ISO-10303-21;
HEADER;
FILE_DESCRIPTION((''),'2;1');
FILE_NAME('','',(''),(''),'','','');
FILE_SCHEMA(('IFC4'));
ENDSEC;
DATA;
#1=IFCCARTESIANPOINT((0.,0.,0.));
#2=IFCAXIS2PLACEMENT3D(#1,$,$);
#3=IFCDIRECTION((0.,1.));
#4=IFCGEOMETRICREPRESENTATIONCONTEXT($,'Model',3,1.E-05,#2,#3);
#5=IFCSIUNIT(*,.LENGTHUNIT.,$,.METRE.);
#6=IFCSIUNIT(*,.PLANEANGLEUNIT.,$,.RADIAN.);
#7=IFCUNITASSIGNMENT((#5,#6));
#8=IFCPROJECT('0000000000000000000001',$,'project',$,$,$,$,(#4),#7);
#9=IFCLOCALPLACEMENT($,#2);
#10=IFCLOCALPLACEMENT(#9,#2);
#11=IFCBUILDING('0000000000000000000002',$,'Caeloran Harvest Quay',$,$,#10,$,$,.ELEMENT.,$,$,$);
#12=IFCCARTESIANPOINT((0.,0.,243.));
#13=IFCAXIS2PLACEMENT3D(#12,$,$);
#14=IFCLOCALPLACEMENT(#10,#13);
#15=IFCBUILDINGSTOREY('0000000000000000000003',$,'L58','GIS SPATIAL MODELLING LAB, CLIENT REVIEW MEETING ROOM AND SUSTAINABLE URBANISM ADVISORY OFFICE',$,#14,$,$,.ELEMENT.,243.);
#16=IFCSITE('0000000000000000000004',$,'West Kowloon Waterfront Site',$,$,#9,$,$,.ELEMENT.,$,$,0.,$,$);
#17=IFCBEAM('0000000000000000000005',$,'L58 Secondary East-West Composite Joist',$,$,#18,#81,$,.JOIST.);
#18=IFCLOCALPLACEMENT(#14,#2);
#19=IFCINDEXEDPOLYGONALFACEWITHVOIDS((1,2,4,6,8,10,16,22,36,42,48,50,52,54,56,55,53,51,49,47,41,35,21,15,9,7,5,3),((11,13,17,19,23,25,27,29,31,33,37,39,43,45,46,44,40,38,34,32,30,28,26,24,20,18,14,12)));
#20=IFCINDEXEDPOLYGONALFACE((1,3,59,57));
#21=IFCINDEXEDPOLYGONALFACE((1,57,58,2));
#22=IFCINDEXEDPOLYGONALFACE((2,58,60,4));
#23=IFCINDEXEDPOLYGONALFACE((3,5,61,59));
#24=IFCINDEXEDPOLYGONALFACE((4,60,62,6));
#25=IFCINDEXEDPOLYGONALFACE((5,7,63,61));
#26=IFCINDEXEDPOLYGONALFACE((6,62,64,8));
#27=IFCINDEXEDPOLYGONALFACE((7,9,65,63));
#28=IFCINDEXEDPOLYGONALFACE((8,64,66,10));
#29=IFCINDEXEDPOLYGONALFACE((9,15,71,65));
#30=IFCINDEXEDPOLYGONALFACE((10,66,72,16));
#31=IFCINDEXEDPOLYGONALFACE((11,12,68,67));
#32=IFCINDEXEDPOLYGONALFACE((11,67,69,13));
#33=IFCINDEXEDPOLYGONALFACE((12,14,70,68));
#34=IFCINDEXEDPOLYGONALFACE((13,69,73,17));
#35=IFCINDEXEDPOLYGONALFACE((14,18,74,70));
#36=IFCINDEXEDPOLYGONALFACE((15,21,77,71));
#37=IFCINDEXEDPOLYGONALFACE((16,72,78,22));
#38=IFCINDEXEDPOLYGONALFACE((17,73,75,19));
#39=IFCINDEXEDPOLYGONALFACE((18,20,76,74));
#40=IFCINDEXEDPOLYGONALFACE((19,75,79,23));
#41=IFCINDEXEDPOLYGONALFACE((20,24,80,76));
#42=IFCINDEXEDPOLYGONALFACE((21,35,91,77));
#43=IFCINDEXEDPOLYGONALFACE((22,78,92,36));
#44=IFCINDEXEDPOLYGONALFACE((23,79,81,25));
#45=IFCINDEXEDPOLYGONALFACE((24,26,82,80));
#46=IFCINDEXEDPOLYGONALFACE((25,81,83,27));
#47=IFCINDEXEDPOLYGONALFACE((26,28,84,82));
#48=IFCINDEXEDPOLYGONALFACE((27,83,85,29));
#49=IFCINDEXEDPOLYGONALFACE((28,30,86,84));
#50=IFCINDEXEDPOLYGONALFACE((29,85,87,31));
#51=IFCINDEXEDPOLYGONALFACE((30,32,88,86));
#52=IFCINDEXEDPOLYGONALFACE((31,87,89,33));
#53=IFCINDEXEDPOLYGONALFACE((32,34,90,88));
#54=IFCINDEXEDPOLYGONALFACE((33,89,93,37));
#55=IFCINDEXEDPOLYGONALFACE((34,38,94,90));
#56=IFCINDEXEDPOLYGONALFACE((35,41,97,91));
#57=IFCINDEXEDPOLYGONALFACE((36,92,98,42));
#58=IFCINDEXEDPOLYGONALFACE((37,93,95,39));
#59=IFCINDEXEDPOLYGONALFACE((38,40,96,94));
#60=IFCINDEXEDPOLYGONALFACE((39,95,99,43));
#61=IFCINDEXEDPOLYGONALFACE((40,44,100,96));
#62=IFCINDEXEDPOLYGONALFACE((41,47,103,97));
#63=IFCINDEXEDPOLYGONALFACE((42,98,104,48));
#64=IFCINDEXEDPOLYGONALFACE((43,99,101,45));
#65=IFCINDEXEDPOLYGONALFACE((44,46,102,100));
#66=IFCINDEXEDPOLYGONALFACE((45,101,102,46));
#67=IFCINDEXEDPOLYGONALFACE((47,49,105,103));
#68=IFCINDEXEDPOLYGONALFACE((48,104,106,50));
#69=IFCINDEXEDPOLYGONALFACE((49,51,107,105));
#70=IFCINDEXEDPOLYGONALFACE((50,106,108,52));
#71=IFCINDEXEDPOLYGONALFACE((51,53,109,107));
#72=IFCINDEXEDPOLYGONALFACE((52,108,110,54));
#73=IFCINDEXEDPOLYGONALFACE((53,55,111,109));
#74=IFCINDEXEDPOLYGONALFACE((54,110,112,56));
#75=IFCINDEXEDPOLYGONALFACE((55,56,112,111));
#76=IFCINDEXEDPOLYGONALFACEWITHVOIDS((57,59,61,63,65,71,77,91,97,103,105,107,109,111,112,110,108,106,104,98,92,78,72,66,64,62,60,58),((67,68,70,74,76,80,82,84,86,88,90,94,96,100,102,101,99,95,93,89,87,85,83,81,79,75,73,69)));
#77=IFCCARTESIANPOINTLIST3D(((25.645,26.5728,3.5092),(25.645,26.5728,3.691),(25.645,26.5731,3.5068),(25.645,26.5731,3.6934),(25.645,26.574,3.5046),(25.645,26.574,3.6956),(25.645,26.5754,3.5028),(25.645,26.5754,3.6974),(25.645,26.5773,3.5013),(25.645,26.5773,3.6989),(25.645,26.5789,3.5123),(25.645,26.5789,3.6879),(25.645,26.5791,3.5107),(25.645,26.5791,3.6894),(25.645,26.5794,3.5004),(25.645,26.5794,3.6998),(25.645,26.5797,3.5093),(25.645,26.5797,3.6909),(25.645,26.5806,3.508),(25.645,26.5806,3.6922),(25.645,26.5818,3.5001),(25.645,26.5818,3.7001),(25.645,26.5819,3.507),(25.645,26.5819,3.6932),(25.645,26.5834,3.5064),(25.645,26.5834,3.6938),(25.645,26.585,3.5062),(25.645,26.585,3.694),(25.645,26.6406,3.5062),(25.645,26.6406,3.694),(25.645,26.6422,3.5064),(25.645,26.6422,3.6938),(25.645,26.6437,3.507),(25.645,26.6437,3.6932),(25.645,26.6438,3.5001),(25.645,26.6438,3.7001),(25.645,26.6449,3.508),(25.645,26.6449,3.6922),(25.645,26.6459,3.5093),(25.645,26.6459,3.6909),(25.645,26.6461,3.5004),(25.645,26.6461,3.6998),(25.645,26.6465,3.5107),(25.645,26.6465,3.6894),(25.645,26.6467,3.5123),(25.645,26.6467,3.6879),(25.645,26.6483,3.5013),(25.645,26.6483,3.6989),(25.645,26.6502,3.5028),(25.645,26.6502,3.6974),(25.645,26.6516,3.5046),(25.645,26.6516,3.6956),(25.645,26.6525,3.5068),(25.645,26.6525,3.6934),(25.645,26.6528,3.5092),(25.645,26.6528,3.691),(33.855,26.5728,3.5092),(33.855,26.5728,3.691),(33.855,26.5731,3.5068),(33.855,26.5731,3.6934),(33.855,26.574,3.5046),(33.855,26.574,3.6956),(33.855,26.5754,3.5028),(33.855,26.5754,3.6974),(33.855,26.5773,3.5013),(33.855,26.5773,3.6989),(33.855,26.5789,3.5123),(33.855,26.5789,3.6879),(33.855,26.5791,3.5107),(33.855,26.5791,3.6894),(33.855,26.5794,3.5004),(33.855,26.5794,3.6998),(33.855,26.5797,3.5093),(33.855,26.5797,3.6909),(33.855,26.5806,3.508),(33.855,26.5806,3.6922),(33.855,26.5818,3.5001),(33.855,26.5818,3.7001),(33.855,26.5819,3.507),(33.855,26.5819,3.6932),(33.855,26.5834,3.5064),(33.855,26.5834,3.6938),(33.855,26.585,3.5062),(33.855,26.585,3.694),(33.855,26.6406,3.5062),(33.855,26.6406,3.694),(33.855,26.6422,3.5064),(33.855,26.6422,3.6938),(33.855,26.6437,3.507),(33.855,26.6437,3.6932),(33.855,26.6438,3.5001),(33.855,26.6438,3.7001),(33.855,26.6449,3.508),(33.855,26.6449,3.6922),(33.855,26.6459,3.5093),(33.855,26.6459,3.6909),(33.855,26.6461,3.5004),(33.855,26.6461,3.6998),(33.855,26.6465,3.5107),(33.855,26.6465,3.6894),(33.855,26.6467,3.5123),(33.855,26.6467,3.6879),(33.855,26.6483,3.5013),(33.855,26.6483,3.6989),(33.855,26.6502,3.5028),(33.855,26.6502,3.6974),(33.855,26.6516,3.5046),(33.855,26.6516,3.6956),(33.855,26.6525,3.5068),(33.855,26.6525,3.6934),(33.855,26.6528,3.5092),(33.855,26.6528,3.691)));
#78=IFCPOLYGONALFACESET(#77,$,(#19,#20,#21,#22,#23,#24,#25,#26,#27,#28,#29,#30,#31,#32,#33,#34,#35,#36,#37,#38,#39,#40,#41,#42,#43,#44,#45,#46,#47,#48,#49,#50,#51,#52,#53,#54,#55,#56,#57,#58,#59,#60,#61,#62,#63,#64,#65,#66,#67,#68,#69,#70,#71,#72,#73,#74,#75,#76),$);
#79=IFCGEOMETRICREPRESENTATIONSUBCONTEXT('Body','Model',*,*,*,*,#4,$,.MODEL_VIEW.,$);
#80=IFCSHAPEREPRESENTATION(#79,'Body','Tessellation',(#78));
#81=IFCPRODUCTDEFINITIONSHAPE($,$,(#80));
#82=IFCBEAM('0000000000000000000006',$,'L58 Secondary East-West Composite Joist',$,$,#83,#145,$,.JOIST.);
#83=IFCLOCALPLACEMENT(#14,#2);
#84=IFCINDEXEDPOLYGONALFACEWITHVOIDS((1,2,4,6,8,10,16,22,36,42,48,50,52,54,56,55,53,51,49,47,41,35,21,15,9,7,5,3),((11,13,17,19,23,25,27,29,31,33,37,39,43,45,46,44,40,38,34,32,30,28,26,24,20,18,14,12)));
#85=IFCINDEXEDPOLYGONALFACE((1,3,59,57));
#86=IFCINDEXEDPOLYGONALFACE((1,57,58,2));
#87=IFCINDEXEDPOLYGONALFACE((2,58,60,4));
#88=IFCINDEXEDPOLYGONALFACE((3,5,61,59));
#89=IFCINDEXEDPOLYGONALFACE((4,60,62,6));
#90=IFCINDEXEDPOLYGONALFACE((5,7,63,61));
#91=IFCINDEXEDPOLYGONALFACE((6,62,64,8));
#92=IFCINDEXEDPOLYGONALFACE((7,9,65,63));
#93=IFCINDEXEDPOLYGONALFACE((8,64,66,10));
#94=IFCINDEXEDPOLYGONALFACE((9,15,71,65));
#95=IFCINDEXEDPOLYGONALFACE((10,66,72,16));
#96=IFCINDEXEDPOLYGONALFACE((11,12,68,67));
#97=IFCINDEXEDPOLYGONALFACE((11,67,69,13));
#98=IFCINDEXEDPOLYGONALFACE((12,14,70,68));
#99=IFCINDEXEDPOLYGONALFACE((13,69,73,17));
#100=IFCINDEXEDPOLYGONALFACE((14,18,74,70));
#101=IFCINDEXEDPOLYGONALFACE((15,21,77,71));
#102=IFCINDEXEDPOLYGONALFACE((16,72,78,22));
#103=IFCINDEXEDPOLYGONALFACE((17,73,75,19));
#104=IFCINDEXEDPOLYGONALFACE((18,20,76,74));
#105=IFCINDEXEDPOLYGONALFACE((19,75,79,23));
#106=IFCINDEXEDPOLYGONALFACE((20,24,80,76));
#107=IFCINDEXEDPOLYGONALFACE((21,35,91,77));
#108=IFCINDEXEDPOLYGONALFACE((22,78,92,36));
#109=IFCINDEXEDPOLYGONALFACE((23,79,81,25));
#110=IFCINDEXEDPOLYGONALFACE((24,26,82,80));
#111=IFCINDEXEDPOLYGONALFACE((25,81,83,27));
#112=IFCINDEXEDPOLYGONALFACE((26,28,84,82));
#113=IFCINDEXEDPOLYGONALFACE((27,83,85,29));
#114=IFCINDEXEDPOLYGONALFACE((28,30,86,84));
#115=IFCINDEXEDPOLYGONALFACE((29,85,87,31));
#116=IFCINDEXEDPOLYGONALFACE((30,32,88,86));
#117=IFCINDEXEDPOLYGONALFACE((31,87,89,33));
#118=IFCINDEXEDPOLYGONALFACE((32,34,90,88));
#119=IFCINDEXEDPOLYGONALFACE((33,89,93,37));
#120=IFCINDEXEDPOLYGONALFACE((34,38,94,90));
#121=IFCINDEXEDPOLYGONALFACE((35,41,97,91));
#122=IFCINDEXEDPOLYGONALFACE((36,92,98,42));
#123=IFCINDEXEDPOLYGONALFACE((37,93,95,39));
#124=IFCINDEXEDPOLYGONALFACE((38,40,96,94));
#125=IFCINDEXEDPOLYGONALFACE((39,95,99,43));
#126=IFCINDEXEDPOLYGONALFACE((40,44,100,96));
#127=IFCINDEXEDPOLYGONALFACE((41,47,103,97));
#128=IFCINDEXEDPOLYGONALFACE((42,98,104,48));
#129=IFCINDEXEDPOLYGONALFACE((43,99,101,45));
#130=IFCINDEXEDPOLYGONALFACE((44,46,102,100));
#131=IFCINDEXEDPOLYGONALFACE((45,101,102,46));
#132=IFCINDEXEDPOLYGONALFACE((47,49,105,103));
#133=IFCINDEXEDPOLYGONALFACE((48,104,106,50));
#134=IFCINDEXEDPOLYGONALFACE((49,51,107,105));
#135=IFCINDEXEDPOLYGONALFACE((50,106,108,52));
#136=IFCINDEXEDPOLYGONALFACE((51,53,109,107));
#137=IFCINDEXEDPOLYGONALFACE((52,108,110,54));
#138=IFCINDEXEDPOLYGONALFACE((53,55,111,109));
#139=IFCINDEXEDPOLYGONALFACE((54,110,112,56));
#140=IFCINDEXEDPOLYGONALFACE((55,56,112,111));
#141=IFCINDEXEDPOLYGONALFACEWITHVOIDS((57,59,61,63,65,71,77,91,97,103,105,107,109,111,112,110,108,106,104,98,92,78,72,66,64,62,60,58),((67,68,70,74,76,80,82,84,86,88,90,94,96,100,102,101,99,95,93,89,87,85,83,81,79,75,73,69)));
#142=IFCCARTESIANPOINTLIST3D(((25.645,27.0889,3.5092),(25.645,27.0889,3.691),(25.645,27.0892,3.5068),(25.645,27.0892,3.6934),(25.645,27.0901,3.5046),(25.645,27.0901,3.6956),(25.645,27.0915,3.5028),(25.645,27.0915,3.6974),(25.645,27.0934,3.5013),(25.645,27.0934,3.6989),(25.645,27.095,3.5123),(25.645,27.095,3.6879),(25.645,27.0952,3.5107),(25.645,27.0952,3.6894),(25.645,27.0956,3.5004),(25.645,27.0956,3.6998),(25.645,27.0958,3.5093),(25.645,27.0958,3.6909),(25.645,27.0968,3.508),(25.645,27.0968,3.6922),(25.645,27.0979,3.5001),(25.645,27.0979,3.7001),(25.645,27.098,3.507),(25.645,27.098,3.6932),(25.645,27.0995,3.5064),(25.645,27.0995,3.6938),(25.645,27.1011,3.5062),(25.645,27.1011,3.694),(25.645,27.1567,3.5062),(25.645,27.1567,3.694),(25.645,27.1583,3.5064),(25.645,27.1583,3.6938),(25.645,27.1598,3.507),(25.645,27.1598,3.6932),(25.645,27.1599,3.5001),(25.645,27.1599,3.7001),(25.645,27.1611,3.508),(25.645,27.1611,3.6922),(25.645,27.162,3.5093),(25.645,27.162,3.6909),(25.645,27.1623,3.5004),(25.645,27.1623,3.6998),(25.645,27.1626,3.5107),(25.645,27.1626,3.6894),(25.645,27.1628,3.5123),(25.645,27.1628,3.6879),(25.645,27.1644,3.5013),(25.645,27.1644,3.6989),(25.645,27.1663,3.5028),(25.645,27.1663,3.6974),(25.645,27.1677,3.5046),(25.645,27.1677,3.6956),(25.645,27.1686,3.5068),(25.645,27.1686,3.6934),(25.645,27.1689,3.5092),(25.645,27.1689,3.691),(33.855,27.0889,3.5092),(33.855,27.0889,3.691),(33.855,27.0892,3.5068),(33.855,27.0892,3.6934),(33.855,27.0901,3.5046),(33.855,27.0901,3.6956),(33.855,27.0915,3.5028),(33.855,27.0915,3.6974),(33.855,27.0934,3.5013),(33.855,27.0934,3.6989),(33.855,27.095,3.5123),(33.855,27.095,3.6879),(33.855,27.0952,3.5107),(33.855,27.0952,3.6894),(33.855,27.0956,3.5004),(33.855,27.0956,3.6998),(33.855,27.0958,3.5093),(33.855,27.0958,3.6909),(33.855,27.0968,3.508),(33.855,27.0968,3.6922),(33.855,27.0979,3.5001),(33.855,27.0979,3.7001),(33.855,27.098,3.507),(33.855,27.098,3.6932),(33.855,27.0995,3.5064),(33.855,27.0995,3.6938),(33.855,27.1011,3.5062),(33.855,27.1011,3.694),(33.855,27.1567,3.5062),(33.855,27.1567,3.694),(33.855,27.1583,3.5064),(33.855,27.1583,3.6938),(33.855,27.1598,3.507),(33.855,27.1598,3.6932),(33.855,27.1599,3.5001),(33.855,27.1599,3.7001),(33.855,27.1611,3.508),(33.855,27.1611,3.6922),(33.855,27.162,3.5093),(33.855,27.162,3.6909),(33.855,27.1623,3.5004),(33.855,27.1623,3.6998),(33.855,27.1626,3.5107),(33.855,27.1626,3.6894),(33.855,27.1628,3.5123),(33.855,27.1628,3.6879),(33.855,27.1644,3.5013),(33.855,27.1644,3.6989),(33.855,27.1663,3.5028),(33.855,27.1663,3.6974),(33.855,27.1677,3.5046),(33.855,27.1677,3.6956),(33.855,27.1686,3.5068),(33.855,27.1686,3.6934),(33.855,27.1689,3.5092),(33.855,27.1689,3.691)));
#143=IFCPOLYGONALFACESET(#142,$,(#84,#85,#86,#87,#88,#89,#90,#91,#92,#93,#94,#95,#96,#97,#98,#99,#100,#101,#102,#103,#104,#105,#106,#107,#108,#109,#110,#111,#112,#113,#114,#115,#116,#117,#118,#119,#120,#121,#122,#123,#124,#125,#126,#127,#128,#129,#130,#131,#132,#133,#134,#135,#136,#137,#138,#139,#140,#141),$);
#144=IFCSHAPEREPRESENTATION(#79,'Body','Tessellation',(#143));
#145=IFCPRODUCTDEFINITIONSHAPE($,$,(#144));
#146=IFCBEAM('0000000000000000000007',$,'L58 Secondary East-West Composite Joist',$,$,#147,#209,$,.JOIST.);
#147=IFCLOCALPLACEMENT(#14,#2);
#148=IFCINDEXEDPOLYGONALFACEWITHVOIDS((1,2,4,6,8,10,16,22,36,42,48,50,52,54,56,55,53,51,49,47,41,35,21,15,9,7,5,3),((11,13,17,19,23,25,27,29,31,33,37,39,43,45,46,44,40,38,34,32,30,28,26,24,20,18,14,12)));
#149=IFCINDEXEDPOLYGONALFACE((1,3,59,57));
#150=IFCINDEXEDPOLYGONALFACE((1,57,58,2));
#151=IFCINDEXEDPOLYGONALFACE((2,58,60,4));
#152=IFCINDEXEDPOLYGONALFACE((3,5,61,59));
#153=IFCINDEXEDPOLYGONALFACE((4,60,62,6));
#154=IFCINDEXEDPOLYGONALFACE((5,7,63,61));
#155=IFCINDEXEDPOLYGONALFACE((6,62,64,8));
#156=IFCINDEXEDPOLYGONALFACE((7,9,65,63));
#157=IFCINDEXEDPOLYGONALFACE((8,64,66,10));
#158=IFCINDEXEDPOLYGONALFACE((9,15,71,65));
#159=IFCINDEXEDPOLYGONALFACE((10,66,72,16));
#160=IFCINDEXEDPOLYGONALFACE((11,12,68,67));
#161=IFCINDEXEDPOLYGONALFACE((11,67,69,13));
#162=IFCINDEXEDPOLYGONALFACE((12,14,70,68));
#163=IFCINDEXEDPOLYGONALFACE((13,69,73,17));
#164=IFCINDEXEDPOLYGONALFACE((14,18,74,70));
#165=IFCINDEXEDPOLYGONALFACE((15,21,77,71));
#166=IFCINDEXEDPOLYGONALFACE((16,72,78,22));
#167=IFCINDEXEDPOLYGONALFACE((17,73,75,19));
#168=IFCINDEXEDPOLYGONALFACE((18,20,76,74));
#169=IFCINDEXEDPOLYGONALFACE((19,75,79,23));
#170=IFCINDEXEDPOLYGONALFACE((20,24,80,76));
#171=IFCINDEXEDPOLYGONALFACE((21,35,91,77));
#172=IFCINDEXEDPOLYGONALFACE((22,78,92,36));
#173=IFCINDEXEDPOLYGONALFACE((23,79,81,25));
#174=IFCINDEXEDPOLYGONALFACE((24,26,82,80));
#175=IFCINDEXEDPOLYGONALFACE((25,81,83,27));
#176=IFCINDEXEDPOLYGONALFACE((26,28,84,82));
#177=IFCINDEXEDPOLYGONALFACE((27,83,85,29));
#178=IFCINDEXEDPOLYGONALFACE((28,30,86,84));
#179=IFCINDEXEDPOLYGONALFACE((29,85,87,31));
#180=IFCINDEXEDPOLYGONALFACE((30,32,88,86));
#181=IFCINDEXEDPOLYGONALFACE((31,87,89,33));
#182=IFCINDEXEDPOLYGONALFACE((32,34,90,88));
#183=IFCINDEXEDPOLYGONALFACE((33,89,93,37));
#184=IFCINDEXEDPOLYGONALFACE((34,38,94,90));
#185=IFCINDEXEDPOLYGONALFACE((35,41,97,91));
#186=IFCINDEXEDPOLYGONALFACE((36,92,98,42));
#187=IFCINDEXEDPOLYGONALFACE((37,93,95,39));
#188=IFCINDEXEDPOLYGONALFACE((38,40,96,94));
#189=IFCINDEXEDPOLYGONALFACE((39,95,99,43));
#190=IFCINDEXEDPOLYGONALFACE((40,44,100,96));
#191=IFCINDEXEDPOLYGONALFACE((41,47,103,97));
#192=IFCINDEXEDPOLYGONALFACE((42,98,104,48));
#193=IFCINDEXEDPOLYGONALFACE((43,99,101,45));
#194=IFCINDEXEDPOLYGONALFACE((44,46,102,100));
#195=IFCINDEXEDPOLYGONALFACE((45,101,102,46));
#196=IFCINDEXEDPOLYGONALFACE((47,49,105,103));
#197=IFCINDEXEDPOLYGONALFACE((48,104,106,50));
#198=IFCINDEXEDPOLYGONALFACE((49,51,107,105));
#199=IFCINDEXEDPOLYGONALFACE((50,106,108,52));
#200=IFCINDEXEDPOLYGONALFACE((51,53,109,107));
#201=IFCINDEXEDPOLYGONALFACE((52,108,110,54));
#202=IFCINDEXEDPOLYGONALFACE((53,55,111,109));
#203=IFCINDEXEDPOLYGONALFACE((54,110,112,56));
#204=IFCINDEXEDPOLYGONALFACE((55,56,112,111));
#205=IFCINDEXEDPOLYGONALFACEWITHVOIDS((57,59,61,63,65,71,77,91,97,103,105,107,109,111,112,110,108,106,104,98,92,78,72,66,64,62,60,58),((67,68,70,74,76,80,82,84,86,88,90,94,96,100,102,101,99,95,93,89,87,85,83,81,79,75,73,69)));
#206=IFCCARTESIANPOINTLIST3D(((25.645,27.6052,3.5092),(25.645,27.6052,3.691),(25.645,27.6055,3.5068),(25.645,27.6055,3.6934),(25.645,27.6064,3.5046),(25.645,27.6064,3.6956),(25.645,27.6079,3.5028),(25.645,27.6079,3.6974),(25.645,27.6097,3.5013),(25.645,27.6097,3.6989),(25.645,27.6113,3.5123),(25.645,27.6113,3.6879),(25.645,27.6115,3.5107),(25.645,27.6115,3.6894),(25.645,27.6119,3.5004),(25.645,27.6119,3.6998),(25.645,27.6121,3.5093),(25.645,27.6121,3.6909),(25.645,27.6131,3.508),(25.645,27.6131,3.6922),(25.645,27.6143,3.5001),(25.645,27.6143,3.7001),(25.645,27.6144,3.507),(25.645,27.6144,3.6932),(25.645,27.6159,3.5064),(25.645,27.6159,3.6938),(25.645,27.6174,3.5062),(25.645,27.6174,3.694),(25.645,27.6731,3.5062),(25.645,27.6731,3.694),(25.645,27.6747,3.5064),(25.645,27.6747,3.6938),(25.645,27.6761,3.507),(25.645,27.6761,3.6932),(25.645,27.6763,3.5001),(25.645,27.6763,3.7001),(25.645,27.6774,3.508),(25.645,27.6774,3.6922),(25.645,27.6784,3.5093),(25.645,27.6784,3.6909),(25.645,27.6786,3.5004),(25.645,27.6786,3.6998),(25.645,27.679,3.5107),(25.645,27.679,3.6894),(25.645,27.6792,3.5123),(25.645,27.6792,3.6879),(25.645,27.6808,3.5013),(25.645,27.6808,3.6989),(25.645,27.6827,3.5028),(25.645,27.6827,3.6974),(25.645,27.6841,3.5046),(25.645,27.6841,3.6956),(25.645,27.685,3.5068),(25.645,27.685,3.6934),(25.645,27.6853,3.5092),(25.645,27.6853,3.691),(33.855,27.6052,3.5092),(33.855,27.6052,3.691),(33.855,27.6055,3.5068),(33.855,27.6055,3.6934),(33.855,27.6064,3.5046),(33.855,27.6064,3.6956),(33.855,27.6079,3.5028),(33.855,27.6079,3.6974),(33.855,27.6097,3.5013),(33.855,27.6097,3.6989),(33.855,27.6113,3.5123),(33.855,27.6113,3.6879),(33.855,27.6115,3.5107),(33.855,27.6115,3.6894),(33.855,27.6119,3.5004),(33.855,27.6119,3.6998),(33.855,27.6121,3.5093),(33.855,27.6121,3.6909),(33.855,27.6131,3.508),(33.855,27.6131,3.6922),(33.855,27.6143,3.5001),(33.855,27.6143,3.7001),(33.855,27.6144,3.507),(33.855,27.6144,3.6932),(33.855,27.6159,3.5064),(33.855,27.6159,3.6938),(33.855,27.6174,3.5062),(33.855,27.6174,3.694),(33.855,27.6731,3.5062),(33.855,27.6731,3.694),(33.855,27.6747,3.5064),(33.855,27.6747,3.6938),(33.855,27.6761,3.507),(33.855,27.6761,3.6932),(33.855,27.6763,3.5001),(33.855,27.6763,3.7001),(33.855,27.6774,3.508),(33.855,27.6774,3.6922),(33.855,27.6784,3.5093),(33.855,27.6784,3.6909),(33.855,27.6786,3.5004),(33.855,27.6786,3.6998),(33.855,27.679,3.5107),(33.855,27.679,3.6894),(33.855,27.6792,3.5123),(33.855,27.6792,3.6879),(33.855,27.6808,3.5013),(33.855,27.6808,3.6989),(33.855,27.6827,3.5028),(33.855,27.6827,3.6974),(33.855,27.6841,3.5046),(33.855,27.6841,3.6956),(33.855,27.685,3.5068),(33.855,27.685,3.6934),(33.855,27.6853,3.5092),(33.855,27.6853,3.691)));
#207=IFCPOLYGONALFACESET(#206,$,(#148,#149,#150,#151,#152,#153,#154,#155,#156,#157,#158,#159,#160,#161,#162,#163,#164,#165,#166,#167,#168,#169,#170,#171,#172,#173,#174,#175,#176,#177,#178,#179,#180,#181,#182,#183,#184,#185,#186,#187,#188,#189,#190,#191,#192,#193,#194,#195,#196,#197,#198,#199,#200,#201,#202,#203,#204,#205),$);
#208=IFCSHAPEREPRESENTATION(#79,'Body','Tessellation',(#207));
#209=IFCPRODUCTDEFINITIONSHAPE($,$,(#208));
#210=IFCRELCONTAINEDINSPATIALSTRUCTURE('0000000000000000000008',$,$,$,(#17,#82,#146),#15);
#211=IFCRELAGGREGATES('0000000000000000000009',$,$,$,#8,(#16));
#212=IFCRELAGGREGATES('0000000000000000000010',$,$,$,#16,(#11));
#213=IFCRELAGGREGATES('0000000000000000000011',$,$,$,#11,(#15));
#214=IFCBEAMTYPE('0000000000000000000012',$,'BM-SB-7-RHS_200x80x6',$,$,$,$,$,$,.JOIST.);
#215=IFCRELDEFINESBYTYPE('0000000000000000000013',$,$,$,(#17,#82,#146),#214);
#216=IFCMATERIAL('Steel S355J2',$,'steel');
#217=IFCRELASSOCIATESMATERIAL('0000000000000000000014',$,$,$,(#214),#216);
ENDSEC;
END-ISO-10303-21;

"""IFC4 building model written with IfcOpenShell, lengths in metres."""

from ifc_helpers import new_model, si_unit, direction, frame, origin, origin_2d, place, context, subcontext, project, spatial, hollow_rectangle, extrude, material, material_profile, profile_set, type_object, element, save


model = new_model("IFC4")

# Units and contexts
model_context = context("Model", 3, precision=1e-05, world=origin(), true_north=direction((0.0, 1.0)))
body_context = subcontext(model_context, "Body", "Model", "MODEL_VIEW")
ifc_project = project(units=[si_unit("LENGTHUNIT", "METRE"), si_unit("PLANEANGLEUNIT", "RADIAN")], contexts=[model_context])

# Site, building, storey
site_placement = place(None, origin())
site = spatial("IfcSite", under=ifc_project, at=site_placement, Name="West Kowloon Waterfront Site", CompositionType="ELEMENT", RefElevation=0.0)
building_placement = place(site_placement, origin())
building = spatial("IfcBuilding", under=site, at=building_placement, Name="Caeloran Harvest Quay", CompositionType="ELEMENT")
storey_placement = place(building_placement, frame((0.0, 0.0, 243.0)))
storey = spatial("IfcBuildingStorey", under=building, at=storey_placement, Name="L58", Description="GIS SPATIAL MODELLING LAB, CLIENT REVIEW MEETING ROOM AND SUSTAINABLE URBANISM ADVISORY OFFICE", CompositionType="ELEMENT", Elevation=243.0)

# Beams
ifc_material = material(Name="Steel S355J2", Category="steel")
ifc_material_profile_1 = material_profile(ifc_material, hollow_rectangle(XDim=0.0801, YDim=0.2, WallThickness=0.0061, InnerFilletRadius=0.0061, OuterFilletRadius=0.009, at=origin_2d()), Name="RHS 200x80x6")
ifc_profile_set_1 = profile_set([ifc_material_profile_1], Name="Steel S355J2")
beam_type_1 = type_object("IfcBeamType", Name="BM-SB-7-RHS_200x80x6", PredefinedType="JOIST", material=ifc_profile_set_1)
for number, where, z_axis, x_axis, name in (
    (1, (25.645, 26.6128, 3.6001), (1.0, 0.0, 0.0), (0.0, 1.0, 0.0), "L58 Secondary East-West Composite Joist"),
    (2, (25.645, 27.1289, 3.6001), (1.0, 0.0, 0.0), (0.0, 1.0, 0.0), "L58 Secondary East-West Composite Joist"),
    (3, (25.645, 27.6453, 3.6001), (1.0, 0.0, 0.0), (0.0, 1.0, 0.0), "L58 Secondary East-West Composite Joist"),
):
    element("IfcBeam", number, at=place(storey_placement, frame(where, z_axis=z_axis, x_axis=x_axis)), inside=storey, type_object=beam_type_1, Name=name, PredefinedType="JOIST", context=body_context, shape_type="SweptSolid", body=[
        extrude(hollow_rectangle(XDim=0.0801, YDim=0.2, WallThickness=0.0061, InnerFilletRadius=0.0061, OuterFilletRadius=0.009, at=origin_2d()), origin(), (0.0, 0.0, 1.0), 8.21),
    ])

save(model, "model.ifc")
